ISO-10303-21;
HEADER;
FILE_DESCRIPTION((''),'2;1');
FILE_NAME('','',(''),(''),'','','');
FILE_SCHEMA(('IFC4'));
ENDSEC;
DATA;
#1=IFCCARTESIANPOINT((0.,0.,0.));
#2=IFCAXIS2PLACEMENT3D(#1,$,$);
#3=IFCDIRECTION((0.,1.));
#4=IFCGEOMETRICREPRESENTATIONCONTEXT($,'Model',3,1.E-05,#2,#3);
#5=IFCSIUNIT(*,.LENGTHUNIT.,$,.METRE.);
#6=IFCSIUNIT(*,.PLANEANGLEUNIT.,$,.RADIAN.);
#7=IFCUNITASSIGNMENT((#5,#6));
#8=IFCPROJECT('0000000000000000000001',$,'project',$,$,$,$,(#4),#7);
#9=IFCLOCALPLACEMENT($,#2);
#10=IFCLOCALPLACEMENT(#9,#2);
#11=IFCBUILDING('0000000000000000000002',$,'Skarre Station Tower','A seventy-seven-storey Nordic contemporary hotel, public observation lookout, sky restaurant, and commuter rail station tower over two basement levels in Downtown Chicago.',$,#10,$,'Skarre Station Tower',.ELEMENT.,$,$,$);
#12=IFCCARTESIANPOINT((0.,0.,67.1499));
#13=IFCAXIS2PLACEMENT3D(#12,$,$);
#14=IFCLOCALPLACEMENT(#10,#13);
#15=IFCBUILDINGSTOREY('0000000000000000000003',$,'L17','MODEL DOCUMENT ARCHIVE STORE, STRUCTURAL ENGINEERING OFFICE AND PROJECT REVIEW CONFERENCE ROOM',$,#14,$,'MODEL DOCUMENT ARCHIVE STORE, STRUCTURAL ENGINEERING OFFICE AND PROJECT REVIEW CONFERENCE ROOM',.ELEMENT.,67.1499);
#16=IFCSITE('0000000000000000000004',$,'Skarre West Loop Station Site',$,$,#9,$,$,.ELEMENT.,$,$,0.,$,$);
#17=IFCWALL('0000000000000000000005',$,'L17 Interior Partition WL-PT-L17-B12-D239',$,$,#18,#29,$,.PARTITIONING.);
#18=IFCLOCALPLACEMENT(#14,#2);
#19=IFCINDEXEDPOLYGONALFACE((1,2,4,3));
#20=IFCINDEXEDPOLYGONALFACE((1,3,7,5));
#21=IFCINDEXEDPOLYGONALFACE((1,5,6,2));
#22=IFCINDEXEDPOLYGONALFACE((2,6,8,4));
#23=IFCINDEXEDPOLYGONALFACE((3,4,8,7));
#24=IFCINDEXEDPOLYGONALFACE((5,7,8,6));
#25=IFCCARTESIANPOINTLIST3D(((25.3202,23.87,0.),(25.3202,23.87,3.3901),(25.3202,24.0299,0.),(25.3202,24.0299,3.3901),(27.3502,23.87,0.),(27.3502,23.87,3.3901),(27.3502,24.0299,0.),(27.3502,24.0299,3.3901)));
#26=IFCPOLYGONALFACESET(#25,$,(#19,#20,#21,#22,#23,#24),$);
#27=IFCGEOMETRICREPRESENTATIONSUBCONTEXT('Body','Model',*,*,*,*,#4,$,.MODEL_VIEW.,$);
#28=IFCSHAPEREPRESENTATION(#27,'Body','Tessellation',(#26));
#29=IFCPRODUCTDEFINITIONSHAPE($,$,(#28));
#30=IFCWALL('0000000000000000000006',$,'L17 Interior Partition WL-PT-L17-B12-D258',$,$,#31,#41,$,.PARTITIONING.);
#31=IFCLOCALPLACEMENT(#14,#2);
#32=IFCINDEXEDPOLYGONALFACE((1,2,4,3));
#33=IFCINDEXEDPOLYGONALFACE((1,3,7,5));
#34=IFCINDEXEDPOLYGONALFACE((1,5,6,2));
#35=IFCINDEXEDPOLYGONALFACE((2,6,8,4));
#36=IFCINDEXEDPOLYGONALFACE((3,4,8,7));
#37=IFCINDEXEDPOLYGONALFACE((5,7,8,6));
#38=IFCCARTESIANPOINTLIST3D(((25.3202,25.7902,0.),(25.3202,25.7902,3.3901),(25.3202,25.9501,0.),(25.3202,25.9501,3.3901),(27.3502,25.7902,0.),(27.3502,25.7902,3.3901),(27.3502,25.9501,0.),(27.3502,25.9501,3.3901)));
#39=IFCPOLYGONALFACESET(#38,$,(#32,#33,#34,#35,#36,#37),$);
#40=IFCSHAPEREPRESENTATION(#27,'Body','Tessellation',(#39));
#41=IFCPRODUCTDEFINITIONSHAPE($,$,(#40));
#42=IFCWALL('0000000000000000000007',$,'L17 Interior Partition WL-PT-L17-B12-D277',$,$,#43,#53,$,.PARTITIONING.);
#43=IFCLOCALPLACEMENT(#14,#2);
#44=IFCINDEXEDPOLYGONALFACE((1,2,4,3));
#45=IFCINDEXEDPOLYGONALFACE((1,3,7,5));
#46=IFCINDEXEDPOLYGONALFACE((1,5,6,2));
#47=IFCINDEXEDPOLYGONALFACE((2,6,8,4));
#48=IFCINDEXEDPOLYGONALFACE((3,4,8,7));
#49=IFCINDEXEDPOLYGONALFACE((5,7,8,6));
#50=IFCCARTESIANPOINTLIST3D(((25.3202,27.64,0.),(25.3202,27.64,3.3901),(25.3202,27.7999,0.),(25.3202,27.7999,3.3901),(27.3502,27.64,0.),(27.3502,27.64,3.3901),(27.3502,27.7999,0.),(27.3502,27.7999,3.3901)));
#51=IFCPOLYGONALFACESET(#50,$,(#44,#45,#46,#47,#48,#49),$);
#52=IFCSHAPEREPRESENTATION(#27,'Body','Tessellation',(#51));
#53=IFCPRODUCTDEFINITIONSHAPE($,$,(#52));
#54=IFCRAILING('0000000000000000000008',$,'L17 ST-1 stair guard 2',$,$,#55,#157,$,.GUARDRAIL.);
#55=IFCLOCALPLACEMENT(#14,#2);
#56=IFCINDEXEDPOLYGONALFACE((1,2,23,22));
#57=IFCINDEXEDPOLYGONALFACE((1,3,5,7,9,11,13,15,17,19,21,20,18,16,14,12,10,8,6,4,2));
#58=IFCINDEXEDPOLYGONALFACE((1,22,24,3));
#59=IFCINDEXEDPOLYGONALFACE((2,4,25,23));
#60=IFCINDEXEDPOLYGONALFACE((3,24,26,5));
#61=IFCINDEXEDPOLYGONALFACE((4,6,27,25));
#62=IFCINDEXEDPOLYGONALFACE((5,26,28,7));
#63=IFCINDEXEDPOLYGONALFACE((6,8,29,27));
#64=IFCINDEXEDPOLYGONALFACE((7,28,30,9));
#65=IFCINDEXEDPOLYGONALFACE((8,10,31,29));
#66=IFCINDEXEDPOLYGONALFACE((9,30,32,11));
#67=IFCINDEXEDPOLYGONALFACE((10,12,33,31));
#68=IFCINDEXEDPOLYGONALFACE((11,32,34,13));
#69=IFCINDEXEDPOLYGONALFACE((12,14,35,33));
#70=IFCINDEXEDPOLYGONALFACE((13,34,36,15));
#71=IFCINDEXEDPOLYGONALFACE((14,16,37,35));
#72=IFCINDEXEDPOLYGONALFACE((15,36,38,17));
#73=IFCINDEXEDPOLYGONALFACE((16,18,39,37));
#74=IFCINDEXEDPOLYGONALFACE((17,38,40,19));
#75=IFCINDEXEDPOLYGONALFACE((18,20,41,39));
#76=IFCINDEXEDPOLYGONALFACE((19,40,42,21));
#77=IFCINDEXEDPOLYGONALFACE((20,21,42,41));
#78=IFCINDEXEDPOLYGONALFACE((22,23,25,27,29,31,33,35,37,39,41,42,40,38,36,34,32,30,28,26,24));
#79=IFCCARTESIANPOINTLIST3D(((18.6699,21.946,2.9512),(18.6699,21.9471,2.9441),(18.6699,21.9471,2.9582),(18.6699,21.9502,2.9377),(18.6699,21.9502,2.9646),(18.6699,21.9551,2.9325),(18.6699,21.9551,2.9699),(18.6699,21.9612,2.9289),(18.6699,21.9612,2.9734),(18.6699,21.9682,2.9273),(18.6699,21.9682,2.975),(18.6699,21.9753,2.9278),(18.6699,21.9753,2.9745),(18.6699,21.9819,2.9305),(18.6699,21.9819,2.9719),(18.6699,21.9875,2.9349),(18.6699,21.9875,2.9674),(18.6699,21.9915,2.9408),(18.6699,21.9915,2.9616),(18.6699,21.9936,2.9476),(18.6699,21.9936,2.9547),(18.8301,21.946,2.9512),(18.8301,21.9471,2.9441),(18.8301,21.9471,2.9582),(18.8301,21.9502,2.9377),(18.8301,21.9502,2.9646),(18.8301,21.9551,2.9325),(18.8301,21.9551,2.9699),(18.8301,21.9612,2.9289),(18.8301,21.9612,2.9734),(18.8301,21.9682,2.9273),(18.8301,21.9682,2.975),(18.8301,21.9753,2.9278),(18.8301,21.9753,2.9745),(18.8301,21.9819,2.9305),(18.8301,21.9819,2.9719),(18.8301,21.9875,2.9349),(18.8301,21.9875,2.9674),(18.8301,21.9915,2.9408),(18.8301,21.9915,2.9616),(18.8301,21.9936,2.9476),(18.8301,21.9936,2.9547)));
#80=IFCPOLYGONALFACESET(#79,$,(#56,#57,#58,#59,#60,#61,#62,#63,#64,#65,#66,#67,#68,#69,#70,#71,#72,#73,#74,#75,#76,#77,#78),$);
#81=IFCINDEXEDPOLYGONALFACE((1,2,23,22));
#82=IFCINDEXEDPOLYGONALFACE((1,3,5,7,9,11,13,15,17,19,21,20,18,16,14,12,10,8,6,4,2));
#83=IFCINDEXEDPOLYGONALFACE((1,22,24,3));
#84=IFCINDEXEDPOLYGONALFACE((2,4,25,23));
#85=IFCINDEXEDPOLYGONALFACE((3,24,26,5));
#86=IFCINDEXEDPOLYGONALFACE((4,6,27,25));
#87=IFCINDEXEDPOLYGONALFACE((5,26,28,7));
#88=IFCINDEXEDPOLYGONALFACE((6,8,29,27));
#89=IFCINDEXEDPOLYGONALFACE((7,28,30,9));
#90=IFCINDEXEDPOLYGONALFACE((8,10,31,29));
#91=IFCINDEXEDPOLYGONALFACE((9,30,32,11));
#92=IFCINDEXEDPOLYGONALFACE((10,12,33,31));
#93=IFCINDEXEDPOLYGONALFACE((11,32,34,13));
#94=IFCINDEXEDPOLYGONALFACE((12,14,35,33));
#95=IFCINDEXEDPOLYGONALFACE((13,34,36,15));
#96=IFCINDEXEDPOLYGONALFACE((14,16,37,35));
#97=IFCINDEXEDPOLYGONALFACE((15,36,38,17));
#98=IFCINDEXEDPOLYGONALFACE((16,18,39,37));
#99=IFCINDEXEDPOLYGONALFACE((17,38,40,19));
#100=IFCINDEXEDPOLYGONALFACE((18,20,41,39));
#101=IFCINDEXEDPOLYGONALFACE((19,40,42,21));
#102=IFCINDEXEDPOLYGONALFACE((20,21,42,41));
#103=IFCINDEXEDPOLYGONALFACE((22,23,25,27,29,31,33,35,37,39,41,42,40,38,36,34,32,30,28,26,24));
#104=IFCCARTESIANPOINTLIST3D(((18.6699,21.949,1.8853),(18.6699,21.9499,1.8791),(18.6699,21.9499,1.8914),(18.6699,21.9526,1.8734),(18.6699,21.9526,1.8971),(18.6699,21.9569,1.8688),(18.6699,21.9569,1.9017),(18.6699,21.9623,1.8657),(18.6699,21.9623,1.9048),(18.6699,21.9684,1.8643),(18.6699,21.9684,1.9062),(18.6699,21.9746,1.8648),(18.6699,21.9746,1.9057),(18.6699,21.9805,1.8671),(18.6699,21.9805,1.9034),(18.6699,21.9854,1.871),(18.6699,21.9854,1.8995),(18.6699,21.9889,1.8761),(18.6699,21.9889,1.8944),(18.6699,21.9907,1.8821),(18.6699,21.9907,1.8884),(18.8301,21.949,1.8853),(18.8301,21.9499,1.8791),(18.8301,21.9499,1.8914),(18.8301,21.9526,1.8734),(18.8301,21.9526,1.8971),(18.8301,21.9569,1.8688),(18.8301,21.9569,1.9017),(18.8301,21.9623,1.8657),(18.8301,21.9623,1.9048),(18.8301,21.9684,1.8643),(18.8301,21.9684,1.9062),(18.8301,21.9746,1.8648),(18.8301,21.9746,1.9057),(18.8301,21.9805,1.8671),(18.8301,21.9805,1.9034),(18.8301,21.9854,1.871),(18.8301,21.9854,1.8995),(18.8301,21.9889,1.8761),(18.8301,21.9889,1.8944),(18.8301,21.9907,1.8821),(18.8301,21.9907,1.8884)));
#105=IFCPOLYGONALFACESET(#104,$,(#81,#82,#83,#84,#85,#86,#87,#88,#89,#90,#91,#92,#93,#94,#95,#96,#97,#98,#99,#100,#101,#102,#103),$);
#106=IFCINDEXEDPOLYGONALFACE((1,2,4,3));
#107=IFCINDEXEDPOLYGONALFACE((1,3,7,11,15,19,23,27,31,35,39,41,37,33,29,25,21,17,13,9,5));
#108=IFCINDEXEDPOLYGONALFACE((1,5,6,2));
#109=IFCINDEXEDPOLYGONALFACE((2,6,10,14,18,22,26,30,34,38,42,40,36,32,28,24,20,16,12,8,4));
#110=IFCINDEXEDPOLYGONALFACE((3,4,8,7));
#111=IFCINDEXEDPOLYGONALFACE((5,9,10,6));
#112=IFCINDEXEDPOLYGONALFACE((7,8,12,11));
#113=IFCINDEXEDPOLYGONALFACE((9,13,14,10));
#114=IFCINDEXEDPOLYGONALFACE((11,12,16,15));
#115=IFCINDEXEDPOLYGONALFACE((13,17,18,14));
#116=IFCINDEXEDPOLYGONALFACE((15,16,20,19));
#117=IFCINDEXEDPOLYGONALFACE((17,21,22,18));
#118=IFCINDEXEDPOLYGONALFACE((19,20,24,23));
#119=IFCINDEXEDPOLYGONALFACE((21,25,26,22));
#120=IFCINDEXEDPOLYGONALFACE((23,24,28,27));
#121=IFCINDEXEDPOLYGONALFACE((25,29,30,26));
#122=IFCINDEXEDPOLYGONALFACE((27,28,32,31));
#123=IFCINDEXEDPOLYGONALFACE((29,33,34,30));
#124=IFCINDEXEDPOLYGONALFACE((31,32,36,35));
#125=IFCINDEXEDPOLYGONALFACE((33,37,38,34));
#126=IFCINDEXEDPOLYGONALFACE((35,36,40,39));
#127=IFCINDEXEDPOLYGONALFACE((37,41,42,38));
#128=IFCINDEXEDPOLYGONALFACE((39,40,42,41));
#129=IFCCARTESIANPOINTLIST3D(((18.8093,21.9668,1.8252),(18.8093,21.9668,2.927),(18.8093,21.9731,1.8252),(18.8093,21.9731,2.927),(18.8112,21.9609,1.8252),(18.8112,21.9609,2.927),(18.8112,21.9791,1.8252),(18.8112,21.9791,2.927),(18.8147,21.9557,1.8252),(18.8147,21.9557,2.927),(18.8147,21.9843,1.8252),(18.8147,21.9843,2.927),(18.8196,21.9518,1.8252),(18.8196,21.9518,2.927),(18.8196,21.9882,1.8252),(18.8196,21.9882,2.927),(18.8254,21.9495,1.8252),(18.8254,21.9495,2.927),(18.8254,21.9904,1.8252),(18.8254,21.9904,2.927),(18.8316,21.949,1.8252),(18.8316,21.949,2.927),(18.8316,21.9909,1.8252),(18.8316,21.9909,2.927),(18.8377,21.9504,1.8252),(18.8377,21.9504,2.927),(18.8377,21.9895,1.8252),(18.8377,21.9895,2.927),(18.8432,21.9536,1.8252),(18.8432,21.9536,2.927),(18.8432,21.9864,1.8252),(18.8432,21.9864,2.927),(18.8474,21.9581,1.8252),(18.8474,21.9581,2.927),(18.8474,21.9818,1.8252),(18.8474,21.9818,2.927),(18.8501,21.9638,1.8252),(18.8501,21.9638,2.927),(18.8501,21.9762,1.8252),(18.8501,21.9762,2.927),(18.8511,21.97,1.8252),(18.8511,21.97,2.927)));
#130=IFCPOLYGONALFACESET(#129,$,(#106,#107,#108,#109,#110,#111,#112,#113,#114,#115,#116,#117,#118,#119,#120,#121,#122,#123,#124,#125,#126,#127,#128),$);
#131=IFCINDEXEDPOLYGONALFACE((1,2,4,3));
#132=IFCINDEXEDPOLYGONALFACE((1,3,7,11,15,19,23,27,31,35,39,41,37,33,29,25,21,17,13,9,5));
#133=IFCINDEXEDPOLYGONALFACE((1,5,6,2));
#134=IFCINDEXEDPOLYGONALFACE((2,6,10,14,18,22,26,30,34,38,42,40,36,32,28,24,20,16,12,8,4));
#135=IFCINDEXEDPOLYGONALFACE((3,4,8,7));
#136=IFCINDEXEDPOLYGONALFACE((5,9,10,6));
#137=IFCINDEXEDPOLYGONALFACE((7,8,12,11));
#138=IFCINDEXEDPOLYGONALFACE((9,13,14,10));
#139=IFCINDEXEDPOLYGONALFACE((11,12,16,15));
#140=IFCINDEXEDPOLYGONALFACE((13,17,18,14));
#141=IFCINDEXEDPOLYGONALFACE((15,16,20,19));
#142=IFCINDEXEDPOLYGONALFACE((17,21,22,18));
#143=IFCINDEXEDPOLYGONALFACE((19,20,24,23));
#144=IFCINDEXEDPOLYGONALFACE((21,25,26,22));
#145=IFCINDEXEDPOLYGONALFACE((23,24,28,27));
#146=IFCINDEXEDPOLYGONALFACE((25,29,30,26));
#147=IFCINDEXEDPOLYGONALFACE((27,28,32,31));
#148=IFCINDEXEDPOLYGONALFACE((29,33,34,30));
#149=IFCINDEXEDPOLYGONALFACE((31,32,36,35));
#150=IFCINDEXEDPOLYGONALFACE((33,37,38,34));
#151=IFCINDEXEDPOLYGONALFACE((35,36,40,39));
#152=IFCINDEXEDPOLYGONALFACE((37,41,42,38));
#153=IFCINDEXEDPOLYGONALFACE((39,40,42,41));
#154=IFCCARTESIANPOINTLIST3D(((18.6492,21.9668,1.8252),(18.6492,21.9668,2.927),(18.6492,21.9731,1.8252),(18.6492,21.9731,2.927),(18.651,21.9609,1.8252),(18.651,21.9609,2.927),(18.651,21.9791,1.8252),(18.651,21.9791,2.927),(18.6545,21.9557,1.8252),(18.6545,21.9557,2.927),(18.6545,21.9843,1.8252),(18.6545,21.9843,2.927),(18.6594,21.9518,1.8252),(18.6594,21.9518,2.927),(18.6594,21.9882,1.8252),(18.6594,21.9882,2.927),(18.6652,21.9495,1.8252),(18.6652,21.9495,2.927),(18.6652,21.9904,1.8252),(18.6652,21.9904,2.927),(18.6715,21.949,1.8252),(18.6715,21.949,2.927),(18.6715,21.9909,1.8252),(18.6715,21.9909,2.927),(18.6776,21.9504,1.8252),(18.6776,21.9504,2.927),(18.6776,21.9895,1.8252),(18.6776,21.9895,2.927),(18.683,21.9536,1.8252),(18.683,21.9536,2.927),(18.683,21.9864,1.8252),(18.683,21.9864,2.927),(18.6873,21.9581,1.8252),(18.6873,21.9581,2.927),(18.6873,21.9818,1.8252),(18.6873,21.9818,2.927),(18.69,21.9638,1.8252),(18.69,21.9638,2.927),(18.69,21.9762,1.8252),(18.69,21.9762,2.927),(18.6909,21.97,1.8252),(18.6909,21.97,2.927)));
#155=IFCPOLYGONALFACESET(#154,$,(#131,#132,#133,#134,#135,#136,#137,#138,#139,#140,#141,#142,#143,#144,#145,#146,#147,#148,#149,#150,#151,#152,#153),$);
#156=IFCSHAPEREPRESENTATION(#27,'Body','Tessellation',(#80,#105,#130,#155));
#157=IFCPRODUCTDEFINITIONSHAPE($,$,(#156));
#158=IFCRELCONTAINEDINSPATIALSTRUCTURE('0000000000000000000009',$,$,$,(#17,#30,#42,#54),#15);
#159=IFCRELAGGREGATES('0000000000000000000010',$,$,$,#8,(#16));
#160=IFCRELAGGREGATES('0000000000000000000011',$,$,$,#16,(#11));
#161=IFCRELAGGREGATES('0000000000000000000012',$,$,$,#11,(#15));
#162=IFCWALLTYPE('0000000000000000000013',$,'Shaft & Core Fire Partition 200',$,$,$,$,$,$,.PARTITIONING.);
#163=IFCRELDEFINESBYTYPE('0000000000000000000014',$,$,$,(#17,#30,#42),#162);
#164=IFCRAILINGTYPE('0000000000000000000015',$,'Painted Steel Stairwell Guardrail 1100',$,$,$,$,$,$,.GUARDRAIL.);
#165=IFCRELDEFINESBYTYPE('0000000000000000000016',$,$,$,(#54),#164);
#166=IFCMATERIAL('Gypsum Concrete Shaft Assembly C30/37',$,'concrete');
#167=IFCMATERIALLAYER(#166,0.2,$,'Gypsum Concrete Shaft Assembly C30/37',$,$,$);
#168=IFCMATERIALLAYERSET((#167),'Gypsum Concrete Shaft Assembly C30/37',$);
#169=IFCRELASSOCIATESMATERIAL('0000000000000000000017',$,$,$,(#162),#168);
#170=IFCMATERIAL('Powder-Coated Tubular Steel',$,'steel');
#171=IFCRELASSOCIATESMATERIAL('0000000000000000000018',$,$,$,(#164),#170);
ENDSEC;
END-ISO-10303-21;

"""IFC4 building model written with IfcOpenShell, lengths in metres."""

from ifc_helpers import new_model, si_unit, direction, frame, frame_2d, origin, origin_2d, place, context, subcontext, project, spatial, rectangle, circle, extrude, material, layer, layer_set, type_object, element, save


model = new_model("IFC4")

# Units and contexts
model_context = context("Model", 3, precision=1e-05, world=origin(), true_north=direction((0.0, 1.0)))
body_context = subcontext(model_context, "Body", "Model", "MODEL_VIEW")
ifc_project = project(units=[si_unit("LENGTHUNIT", "METRE"), si_unit("PLANEANGLEUNIT", "RADIAN")], contexts=[model_context])

# Site, building, storey
site_placement = place(None, origin())
site = spatial("IfcSite", under=ifc_project, at=site_placement, Name="Skarre West Loop Station Site", CompositionType="ELEMENT", RefElevation=0.0)
building_placement = place(site_placement, origin())
building = spatial("IfcBuilding", under=site, at=building_placement, Name="Skarre Station Tower", Description="A seventy-seven-storey Nordic contemporary hotel, public observation lookout, sky restaurant, and commuter rail station tower over two basement levels in Downtown Chicago.", LongName="Skarre Station Tower", CompositionType="ELEMENT")
storey_placement = place(building_placement, frame((0.0, 0.0, 67.1499)))
storey = spatial("IfcBuildingStorey", under=building, at=storey_placement, Name="L17", Description="MODEL DOCUMENT ARCHIVE STORE, STRUCTURAL ENGINEERING OFFICE AND PROJECT REVIEW CONFERENCE ROOM", LongName="MODEL DOCUMENT ARCHIVE STORE, STRUCTURAL ENGINEERING OFFICE AND PROJECT REVIEW CONFERENCE ROOM", CompositionType="ELEMENT", Elevation=67.1499)

# Shared definitions
ifc_material_1 = material(Name="Gypsum Concrete Shaft Assembly C30/37", Category="concrete")
ifc_layer_1 = layer(ifc_material_1, 0.2, Name="Gypsum Concrete Shaft Assembly C30/37")
ifc_layer_set_1 = layer_set([ifc_layer_1], Name="Gypsum Concrete Shaft Assembly C30/37")
wall_type_1 = type_object("IfcWallType", Name="Shaft & Core Fire Partition 200", PredefinedType="PARTITIONING", material=ifc_layer_set_1)

# Walls
for number, where, z_axis, x_axis, name in (
    (1, (25.3201, 23.95, 0.0), (0.0, 0.0, 1.0), (1.0, 0.0, 0.0), "L17 Interior Partition WL-PT-L17-B12-D239"),
    (2, (25.3201, 25.8701, 0.0), (0.0, 0.0, 1.0), (1.0, 0.0, 0.0), "L17 Interior Partition WL-PT-L17-B12-D258"),
    (3, (25.3201, 27.72, 0.0), (0.0, 0.0, 1.0), (1.0, 0.0, 0.0), "L17 Interior Partition WL-PT-L17-B12-D277"),
):
    element("IfcWall", number, at=place(storey_placement, frame(where, z_axis=z_axis, x_axis=x_axis)), inside=storey, type_object=wall_type_1, Name=name, PredefinedType="PARTITIONING", context=body_context, shape_type="SweptSolid", body=[
        extrude(rectangle(XDim=2.03, YDim=0.1599, at=frame_2d((1.0151, 0.0))), origin(), (0.0, 0.0, 1.0), 3.3901),
    ])

# Railing
ifc_material_2 = material(Name="Powder-Coated Tubular Steel", Category="steel")
railing_type = type_object("IfcRailingType", Name="Painted Steel Stairwell Guardrail 1100", PredefinedType="GUARDRAIL", material=ifc_material_2)
railing_1_placement = place(storey_placement, frame((18.8301, 21.97, 1.8252)))
element("IfcRailing", 4, at=railing_1_placement, inside=storey, type_object=railing_type, Name="L17 ST-1 stair guard 2", PredefinedType="GUARDRAIL", context=body_context, shape_type="SweptSolid", body=[
    extrude(circle(Radius=0.0239, at=origin_2d()), frame((0.0, 0.0, 1.126), z_axis=(-1.0, 0.0, 0.0), x_axis=(0.0, -1.0, 0.0)), (0.0, 0.0, 1.0), 0.1602),
    extrude(circle(Radius=0.021, at=origin_2d()), frame((0.0, 0.0, 0.0601), z_axis=(-1.0, 0.0, 0.0), x_axis=(0.0, -1.0, 0.0)), (0.0, 0.0, 1.0), 0.1602),
    extrude(circle(Radius=0.021, at=origin_2d()), origin(), (0.0, 0.0, 1.0), 1.1018),
    extrude(circle(Radius=0.021, at=origin_2d()), frame((-0.1602, 0.0, 0.0)), (0.0, 0.0, 1.0), 1.1018),
])

save(model, "model.ifc")
